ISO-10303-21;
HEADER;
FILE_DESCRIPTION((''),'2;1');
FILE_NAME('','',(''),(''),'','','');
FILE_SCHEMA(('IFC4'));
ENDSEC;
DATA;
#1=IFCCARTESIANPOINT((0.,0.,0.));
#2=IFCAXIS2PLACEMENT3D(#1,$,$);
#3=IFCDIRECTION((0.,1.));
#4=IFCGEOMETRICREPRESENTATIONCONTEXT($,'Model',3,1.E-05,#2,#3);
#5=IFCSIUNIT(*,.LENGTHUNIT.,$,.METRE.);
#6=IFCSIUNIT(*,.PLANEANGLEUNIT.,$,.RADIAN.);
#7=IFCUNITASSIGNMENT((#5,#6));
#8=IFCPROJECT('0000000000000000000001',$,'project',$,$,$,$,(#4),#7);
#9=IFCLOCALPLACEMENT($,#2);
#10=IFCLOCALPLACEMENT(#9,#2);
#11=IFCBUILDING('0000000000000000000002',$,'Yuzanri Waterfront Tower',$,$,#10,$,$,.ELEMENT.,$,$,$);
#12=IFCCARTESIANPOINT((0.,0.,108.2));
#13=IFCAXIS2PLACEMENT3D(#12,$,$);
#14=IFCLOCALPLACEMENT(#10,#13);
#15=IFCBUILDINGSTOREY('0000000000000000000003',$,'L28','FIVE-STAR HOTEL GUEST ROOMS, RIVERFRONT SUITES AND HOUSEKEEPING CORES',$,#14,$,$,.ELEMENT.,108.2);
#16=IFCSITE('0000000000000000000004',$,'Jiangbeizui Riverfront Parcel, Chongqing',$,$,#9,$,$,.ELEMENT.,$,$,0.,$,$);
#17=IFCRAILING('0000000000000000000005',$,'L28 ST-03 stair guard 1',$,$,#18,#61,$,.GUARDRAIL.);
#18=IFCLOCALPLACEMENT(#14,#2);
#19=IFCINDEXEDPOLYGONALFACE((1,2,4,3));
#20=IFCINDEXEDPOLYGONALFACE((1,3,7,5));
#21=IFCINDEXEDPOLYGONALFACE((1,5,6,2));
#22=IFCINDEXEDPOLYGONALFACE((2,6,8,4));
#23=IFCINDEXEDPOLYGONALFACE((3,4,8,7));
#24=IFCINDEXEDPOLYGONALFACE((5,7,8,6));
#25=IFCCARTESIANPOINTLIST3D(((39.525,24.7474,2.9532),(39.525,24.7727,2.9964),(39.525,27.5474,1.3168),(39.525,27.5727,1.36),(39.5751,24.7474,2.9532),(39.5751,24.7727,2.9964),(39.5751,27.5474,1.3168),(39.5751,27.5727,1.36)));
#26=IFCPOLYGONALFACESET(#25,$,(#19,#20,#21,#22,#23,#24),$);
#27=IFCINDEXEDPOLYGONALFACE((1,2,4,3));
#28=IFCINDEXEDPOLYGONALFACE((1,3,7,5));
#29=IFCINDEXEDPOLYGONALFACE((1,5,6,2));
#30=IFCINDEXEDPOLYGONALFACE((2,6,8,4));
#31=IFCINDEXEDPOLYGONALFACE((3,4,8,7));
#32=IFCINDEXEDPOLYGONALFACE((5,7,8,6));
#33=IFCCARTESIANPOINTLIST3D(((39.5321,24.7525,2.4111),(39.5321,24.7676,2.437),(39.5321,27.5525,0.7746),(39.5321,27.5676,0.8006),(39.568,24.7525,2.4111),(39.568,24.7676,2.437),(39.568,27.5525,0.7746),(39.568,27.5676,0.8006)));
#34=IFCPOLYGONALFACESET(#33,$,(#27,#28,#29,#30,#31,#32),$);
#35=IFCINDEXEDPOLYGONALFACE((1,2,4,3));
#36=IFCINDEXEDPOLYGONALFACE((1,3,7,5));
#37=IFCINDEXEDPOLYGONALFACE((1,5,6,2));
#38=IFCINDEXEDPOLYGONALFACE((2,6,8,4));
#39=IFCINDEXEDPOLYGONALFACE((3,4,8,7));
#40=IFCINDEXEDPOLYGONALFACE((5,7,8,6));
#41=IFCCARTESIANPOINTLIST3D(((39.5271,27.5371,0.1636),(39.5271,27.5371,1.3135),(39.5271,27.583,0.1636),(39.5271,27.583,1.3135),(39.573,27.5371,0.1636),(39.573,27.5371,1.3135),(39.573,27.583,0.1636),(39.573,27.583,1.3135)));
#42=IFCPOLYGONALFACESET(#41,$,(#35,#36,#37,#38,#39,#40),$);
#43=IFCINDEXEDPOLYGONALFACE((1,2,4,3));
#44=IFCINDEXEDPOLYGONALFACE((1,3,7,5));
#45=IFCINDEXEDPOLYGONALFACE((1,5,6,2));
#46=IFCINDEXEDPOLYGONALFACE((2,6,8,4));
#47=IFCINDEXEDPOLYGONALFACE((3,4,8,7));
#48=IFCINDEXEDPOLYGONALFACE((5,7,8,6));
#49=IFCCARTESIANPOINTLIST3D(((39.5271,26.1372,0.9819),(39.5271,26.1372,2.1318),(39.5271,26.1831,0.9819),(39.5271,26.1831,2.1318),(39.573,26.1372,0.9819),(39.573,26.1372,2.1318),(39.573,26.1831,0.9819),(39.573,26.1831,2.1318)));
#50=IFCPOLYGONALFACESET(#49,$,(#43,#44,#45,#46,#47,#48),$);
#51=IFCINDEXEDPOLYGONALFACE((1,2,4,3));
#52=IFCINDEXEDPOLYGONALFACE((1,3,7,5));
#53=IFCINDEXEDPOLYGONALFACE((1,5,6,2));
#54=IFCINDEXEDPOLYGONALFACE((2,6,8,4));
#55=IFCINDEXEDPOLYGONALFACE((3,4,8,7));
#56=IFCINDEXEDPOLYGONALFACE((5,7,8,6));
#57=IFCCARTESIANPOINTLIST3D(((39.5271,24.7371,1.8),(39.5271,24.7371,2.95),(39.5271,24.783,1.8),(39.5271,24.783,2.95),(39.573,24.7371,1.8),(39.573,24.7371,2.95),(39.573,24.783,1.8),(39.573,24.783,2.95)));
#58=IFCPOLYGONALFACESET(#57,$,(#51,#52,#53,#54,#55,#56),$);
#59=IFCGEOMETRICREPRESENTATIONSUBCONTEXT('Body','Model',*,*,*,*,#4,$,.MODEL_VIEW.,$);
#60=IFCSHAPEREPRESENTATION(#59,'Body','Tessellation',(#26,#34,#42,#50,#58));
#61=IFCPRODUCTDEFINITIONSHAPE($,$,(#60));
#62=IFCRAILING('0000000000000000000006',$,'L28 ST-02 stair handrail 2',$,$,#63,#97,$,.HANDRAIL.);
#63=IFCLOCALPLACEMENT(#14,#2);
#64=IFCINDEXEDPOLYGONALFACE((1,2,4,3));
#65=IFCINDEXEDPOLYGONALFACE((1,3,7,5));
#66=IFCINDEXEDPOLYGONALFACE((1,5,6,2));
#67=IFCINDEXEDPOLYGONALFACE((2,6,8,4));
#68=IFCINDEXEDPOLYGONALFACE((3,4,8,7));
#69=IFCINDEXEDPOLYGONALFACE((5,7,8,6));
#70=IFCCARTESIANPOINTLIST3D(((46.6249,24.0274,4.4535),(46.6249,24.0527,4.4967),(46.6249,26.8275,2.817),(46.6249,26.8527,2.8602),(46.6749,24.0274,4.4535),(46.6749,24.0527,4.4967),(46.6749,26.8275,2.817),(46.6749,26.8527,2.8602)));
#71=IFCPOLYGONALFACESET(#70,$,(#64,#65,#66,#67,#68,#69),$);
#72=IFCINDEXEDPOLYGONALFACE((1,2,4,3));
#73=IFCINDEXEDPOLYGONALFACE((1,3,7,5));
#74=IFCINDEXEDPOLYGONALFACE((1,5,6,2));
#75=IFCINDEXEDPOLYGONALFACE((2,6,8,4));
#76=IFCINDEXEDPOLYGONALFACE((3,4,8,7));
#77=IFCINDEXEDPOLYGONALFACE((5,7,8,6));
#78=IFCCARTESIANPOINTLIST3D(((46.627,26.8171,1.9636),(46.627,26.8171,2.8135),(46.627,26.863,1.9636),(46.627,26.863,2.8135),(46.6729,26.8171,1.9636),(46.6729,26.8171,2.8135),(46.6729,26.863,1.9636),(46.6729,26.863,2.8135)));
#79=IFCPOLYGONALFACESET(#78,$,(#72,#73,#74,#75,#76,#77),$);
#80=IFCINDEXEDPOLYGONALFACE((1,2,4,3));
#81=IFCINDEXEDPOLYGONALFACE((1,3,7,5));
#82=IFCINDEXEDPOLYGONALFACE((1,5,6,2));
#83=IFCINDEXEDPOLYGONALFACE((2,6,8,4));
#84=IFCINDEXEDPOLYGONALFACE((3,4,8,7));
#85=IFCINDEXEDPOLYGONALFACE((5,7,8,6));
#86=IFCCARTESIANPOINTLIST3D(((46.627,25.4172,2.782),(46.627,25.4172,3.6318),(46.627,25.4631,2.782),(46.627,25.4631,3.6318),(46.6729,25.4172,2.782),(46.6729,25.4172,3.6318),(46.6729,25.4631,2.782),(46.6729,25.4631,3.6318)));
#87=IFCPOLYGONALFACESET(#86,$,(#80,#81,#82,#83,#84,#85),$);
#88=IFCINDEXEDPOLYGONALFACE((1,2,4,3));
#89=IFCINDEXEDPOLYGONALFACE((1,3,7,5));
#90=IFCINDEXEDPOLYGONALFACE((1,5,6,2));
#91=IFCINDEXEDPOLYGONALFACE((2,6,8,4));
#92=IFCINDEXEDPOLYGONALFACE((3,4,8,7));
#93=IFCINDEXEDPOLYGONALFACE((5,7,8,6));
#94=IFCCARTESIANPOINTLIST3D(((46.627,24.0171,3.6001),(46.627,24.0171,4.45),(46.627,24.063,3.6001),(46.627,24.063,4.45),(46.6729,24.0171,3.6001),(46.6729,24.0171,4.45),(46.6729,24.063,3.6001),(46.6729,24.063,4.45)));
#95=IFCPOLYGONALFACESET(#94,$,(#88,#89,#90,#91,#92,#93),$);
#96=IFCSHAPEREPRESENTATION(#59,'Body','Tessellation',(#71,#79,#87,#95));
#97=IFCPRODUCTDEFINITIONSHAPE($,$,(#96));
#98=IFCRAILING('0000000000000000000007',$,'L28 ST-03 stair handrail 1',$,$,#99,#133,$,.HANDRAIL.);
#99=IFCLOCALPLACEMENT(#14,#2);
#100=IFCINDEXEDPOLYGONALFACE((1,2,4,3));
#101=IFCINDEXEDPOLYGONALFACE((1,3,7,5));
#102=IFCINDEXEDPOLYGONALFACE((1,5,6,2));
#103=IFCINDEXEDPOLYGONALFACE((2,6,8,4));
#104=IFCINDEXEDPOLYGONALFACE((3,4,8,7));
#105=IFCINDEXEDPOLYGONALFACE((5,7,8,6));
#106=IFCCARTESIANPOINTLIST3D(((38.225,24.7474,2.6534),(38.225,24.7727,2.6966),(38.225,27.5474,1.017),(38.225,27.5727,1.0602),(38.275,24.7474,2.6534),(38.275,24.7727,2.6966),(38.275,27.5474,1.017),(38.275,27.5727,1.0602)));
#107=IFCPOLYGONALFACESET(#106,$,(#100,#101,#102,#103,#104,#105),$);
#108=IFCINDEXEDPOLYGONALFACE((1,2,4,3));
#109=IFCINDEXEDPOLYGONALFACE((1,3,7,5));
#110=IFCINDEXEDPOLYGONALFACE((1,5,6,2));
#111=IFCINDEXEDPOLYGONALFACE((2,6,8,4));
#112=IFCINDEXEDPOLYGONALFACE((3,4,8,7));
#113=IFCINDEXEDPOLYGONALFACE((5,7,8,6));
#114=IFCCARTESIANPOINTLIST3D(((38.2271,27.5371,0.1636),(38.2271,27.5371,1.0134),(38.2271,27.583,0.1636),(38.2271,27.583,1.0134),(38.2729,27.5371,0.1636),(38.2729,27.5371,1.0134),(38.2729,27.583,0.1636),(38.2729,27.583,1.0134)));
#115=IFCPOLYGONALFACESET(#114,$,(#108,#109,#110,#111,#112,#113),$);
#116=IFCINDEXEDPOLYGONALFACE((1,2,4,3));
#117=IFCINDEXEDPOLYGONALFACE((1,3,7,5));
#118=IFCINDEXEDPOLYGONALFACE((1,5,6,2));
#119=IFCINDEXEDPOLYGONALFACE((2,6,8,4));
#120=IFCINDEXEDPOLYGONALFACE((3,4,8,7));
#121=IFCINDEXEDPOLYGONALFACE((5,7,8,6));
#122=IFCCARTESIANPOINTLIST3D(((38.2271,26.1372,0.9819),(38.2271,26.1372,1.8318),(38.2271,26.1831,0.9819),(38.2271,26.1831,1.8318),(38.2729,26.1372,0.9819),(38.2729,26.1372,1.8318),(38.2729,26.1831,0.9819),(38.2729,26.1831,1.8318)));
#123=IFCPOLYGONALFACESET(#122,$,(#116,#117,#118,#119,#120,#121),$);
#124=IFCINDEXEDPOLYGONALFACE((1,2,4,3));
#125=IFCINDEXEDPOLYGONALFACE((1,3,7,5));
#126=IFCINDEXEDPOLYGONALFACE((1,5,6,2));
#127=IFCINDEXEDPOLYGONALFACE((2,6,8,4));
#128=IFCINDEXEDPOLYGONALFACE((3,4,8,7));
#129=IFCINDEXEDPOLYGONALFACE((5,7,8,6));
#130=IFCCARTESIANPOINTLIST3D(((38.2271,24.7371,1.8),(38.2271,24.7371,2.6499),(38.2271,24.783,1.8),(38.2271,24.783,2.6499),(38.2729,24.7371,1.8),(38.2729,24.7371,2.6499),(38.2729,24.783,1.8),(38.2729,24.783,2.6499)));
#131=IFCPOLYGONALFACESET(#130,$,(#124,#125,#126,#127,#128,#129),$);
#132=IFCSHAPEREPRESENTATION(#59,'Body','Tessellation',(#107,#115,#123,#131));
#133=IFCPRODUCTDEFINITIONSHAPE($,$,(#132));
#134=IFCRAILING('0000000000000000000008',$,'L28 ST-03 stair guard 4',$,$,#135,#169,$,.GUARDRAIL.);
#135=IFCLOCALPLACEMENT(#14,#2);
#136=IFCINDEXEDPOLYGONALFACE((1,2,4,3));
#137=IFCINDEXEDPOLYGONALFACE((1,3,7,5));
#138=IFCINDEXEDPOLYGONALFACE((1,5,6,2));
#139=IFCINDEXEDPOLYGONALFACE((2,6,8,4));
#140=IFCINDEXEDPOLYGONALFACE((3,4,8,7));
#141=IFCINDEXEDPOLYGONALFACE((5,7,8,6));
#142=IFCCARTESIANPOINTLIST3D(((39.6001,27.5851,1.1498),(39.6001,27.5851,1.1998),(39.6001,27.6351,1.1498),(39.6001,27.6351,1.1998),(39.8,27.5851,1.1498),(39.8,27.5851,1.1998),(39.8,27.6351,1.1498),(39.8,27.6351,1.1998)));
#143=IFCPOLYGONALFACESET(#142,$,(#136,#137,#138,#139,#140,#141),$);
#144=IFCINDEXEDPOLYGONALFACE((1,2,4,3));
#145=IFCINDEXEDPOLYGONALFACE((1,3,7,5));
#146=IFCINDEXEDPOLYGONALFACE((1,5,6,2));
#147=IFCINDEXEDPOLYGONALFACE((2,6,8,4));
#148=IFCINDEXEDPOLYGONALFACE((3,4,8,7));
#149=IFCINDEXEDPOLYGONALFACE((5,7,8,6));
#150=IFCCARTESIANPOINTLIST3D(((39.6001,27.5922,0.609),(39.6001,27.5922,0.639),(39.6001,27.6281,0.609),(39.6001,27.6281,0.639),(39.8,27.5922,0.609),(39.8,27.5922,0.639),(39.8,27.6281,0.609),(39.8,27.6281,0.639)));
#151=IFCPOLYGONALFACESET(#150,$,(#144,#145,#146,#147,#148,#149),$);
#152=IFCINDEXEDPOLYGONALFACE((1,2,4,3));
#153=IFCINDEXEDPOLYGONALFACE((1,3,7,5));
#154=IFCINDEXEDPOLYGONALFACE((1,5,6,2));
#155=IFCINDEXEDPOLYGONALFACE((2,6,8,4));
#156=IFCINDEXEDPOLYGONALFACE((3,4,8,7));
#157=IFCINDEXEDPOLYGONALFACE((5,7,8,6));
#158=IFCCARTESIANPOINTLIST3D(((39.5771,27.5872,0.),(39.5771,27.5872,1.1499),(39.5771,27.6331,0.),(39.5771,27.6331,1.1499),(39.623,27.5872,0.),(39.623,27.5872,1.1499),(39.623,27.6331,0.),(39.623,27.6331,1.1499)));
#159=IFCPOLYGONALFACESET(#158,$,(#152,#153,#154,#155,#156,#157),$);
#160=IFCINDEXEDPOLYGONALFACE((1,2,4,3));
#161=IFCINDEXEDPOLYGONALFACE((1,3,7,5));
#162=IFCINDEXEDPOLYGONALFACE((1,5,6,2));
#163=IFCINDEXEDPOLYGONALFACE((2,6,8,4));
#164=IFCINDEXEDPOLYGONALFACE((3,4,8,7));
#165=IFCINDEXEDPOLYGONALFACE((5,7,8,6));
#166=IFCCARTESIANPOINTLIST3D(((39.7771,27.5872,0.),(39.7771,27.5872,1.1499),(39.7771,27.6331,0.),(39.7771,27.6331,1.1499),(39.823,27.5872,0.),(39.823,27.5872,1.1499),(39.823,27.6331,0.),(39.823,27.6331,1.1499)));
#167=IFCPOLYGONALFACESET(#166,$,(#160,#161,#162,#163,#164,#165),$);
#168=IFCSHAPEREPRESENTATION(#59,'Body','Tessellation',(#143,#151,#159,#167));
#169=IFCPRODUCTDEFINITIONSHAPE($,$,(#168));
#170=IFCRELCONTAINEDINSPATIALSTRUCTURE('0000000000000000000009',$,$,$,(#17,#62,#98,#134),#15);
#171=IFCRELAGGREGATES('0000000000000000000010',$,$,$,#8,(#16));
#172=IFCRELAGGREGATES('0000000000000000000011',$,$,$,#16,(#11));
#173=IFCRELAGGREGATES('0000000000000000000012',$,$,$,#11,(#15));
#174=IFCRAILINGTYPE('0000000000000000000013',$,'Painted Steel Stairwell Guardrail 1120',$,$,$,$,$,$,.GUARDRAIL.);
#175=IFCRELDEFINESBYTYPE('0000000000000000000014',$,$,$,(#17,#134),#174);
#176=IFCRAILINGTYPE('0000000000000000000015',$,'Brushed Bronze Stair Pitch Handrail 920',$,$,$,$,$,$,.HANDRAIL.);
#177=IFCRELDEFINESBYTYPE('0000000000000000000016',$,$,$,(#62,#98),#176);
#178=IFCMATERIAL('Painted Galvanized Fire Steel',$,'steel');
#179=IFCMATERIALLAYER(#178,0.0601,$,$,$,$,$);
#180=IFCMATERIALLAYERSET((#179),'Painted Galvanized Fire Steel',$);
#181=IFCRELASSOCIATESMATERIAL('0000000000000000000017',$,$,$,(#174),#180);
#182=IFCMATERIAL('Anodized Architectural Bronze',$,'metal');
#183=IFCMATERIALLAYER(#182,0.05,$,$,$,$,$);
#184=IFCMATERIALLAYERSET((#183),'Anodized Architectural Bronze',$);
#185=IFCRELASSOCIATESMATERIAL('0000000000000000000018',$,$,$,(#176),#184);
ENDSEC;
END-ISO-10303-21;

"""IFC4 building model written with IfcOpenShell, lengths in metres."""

from ifc_helpers import new_model, si_unit, direction, frame, origin, origin_2d, place, context, subcontext, project, spatial, rectangle, extrude, source, transform, mapped, material, layer, layer_set, type_object, element, save


model = new_model("IFC4")

# Units and contexts
model_context = context("Model", 3, precision=1e-05, world=origin(), true_north=direction((0.0, 1.0)))
body_context = subcontext(model_context, "Body", "Model", "MODEL_VIEW")
ifc_project = project(units=[si_unit("LENGTHUNIT", "METRE"), si_unit("PLANEANGLEUNIT", "RADIAN")], contexts=[model_context])

# Site, building, storey
site_placement = place(None, origin())
site = spatial("IfcSite", under=ifc_project, at=site_placement, Name="Jiangbeizui Riverfront Parcel, Chongqing", CompositionType="ELEMENT", RefElevation=0.0)
building_placement = place(site_placement, origin())
building = spatial("IfcBuilding", under=site, at=building_placement, Name="Yuzanri Waterfront Tower", CompositionType="ELEMENT")
storey_placement = place(building_placement, frame((0.0, 0.0, 108.2)))
storey = spatial("IfcBuildingStorey", under=building, at=storey_placement, Name="L28", Description="FIVE-STAR HOTEL GUEST ROOMS, RIVERFRONT SUITES AND HOUSEKEEPING CORES", CompositionType="ELEMENT", Elevation=108.2)

# Railings
ifc_material_1 = material(Name="Painted Galvanized Fire Steel", Category="steel")
ifc_layer_1 = layer(ifc_material_1, 0.0601)
ifc_layer_set_1 = layer_set([ifc_layer_1], Name="Painted Galvanized Fire Steel")
railing_type_1 = type_object("IfcRailingType", Name="Painted Steel Stairwell Guardrail 1120", PredefinedType="GUARDRAIL", material=ifc_layer_set_1)
shared_shape_1 = source(origin(), body_context, "Body", "SweptSolid", [
    extrude(rectangle(XDim=0.05, YDim=0.05, at=origin_2d()), frame((0.0, 0.0, 1.1748), z_axis=(0.0, -0.863361, 0.504587), x_axis=(1.0, 0.0, 0.0)), (0.0, 0.0, 1.0), 3.2432),
    extrude(rectangle(XDim=0.0359, YDim=0.03, at=origin_2d()), frame((0.0, 0.0, 0.624), z_axis=(0.0, -0.863361, 0.504587), x_axis=(1.0, 0.0, 0.0)), (0.0, 0.0, 1.0), 3.2432),
    extrude(rectangle(XDim=0.0459, YDim=0.0459, at=origin_2d()), origin(), (0.0, 0.0, 1.0), 1.1499),
    extrude(rectangle(XDim=0.0459, YDim=0.0459, at=origin_2d()), frame((0.0, -1.3999, 0.8184)), (0.0, 0.0, 1.0), 1.1499),
    extrude(rectangle(XDim=0.0459, YDim=0.0459, at=origin_2d()), frame((0.0, -2.8, 1.6365)), (0.0, 0.0, 1.0), 1.1499),
])
for number, where, name in (
    (1, (39.55, 27.5601, 0.1636), "L28 ST-03 stair guard 1"),
):
    element("IfcRailing", number, at=place(storey_placement, frame(where)), inside=storey, type_object=railing_type_1, Name=name, PredefinedType="GUARDRAIL", context=body_context, shape_type="MappedRepresentation", body=[
        mapped(shared_shape_1, transform((0.0, 0.0, 0.0), scale=1.0)),
    ])
ifc_material_2 = material(Name="Anodized Architectural Bronze", Category="metal")
ifc_layer_2 = layer(ifc_material_2, 0.05)
ifc_layer_set_2 = layer_set([ifc_layer_2], Name="Anodized Architectural Bronze")
railing_type_2 = type_object("IfcRailingType", Name="Brushed Bronze Stair Pitch Handrail 920", PredefinedType="HANDRAIL", material=ifc_layer_set_2)
shared_shape_2 = source(origin(), body_context, "Body", "SweptSolid", [
    extrude(rectangle(XDim=0.05, YDim=0.05, at=origin_2d()), frame((0.0, 0.0, 0.875), z_axis=(0.0, -0.863361, 0.504587), x_axis=(1.0, 0.0, 0.0)), (0.0, 0.0, 1.0), 3.2432),
    extrude(rectangle(XDim=0.0459, YDim=0.0459, at=origin_2d()), origin(), (0.0, 0.0, 1.0), 0.8499),
    extrude(rectangle(XDim=0.0459, YDim=0.0459, at=origin_2d()), frame((0.0, -1.3999, 0.8184)), (0.0, 0.0, 1.0), 0.8499),
    extrude(rectangle(XDim=0.0459, YDim=0.0459, at=origin_2d()), frame((0.0, -2.8, 1.6365)), (0.0, 0.0, 1.0), 0.8499),
])
for number, where, name in (
    (2, (46.6499, 26.8401, 1.9636), "L28 ST-02 stair handrail 2"),
    (3, (38.25, 27.5601, 0.1636), "L28 ST-03 stair handrail 1"),
):
    element("IfcRailing", number, at=place(storey_placement, frame(where)), inside=storey, type_object=railing_type_2, Name=name, PredefinedType="HANDRAIL", context=body_context, shape_type="MappedRepresentation", body=[
        mapped(shared_shape_2, transform((0.0, 0.0, 0.0), scale=1.0)),
    ])
shared_shape_3 = source(origin(), body_context, "Body", "SweptSolid", [
    extrude(rectangle(XDim=0.05, YDim=0.05, at=origin_2d()), frame((0.0, 0.0, 1.1748), z_axis=(1.0, 0.0, 0.0), x_axis=(0.0, 1.0, 0.0)), (0.0, 0.0, 1.0), 0.2),
    extrude(rectangle(XDim=0.0359, YDim=0.03, at=origin_2d()), frame((0.0, 0.0, 0.624), z_axis=(1.0, 0.0, 0.0), x_axis=(0.0, 1.0, 0.0)), (0.0, 0.0, 1.0), 0.2),
    extrude(rectangle(XDim=0.0459, YDim=0.0459, at=origin_2d()), origin(), (0.0, 0.0, 1.0), 1.1499),
    extrude(rectangle(XDim=0.0459, YDim=0.0459, at=origin_2d()), frame((0.2, 0.0, 0.0)), (0.0, 0.0, 1.0), 1.1499),
])
railing_1_placement = place(storey_placement, frame((39.6001, 27.6101, 0.0)))
element("IfcRailing", 4, at=railing_1_placement, inside=storey, type_object=railing_type_1, Name="L28 ST-03 stair guard 4", PredefinedType="GUARDRAIL", context=body_context, shape_type="MappedRepresentation", body=[
    mapped(shared_shape_3, transform((0.0, 0.0, 0.0), scale=1.0)),
])

save(model, "model.ifc")
